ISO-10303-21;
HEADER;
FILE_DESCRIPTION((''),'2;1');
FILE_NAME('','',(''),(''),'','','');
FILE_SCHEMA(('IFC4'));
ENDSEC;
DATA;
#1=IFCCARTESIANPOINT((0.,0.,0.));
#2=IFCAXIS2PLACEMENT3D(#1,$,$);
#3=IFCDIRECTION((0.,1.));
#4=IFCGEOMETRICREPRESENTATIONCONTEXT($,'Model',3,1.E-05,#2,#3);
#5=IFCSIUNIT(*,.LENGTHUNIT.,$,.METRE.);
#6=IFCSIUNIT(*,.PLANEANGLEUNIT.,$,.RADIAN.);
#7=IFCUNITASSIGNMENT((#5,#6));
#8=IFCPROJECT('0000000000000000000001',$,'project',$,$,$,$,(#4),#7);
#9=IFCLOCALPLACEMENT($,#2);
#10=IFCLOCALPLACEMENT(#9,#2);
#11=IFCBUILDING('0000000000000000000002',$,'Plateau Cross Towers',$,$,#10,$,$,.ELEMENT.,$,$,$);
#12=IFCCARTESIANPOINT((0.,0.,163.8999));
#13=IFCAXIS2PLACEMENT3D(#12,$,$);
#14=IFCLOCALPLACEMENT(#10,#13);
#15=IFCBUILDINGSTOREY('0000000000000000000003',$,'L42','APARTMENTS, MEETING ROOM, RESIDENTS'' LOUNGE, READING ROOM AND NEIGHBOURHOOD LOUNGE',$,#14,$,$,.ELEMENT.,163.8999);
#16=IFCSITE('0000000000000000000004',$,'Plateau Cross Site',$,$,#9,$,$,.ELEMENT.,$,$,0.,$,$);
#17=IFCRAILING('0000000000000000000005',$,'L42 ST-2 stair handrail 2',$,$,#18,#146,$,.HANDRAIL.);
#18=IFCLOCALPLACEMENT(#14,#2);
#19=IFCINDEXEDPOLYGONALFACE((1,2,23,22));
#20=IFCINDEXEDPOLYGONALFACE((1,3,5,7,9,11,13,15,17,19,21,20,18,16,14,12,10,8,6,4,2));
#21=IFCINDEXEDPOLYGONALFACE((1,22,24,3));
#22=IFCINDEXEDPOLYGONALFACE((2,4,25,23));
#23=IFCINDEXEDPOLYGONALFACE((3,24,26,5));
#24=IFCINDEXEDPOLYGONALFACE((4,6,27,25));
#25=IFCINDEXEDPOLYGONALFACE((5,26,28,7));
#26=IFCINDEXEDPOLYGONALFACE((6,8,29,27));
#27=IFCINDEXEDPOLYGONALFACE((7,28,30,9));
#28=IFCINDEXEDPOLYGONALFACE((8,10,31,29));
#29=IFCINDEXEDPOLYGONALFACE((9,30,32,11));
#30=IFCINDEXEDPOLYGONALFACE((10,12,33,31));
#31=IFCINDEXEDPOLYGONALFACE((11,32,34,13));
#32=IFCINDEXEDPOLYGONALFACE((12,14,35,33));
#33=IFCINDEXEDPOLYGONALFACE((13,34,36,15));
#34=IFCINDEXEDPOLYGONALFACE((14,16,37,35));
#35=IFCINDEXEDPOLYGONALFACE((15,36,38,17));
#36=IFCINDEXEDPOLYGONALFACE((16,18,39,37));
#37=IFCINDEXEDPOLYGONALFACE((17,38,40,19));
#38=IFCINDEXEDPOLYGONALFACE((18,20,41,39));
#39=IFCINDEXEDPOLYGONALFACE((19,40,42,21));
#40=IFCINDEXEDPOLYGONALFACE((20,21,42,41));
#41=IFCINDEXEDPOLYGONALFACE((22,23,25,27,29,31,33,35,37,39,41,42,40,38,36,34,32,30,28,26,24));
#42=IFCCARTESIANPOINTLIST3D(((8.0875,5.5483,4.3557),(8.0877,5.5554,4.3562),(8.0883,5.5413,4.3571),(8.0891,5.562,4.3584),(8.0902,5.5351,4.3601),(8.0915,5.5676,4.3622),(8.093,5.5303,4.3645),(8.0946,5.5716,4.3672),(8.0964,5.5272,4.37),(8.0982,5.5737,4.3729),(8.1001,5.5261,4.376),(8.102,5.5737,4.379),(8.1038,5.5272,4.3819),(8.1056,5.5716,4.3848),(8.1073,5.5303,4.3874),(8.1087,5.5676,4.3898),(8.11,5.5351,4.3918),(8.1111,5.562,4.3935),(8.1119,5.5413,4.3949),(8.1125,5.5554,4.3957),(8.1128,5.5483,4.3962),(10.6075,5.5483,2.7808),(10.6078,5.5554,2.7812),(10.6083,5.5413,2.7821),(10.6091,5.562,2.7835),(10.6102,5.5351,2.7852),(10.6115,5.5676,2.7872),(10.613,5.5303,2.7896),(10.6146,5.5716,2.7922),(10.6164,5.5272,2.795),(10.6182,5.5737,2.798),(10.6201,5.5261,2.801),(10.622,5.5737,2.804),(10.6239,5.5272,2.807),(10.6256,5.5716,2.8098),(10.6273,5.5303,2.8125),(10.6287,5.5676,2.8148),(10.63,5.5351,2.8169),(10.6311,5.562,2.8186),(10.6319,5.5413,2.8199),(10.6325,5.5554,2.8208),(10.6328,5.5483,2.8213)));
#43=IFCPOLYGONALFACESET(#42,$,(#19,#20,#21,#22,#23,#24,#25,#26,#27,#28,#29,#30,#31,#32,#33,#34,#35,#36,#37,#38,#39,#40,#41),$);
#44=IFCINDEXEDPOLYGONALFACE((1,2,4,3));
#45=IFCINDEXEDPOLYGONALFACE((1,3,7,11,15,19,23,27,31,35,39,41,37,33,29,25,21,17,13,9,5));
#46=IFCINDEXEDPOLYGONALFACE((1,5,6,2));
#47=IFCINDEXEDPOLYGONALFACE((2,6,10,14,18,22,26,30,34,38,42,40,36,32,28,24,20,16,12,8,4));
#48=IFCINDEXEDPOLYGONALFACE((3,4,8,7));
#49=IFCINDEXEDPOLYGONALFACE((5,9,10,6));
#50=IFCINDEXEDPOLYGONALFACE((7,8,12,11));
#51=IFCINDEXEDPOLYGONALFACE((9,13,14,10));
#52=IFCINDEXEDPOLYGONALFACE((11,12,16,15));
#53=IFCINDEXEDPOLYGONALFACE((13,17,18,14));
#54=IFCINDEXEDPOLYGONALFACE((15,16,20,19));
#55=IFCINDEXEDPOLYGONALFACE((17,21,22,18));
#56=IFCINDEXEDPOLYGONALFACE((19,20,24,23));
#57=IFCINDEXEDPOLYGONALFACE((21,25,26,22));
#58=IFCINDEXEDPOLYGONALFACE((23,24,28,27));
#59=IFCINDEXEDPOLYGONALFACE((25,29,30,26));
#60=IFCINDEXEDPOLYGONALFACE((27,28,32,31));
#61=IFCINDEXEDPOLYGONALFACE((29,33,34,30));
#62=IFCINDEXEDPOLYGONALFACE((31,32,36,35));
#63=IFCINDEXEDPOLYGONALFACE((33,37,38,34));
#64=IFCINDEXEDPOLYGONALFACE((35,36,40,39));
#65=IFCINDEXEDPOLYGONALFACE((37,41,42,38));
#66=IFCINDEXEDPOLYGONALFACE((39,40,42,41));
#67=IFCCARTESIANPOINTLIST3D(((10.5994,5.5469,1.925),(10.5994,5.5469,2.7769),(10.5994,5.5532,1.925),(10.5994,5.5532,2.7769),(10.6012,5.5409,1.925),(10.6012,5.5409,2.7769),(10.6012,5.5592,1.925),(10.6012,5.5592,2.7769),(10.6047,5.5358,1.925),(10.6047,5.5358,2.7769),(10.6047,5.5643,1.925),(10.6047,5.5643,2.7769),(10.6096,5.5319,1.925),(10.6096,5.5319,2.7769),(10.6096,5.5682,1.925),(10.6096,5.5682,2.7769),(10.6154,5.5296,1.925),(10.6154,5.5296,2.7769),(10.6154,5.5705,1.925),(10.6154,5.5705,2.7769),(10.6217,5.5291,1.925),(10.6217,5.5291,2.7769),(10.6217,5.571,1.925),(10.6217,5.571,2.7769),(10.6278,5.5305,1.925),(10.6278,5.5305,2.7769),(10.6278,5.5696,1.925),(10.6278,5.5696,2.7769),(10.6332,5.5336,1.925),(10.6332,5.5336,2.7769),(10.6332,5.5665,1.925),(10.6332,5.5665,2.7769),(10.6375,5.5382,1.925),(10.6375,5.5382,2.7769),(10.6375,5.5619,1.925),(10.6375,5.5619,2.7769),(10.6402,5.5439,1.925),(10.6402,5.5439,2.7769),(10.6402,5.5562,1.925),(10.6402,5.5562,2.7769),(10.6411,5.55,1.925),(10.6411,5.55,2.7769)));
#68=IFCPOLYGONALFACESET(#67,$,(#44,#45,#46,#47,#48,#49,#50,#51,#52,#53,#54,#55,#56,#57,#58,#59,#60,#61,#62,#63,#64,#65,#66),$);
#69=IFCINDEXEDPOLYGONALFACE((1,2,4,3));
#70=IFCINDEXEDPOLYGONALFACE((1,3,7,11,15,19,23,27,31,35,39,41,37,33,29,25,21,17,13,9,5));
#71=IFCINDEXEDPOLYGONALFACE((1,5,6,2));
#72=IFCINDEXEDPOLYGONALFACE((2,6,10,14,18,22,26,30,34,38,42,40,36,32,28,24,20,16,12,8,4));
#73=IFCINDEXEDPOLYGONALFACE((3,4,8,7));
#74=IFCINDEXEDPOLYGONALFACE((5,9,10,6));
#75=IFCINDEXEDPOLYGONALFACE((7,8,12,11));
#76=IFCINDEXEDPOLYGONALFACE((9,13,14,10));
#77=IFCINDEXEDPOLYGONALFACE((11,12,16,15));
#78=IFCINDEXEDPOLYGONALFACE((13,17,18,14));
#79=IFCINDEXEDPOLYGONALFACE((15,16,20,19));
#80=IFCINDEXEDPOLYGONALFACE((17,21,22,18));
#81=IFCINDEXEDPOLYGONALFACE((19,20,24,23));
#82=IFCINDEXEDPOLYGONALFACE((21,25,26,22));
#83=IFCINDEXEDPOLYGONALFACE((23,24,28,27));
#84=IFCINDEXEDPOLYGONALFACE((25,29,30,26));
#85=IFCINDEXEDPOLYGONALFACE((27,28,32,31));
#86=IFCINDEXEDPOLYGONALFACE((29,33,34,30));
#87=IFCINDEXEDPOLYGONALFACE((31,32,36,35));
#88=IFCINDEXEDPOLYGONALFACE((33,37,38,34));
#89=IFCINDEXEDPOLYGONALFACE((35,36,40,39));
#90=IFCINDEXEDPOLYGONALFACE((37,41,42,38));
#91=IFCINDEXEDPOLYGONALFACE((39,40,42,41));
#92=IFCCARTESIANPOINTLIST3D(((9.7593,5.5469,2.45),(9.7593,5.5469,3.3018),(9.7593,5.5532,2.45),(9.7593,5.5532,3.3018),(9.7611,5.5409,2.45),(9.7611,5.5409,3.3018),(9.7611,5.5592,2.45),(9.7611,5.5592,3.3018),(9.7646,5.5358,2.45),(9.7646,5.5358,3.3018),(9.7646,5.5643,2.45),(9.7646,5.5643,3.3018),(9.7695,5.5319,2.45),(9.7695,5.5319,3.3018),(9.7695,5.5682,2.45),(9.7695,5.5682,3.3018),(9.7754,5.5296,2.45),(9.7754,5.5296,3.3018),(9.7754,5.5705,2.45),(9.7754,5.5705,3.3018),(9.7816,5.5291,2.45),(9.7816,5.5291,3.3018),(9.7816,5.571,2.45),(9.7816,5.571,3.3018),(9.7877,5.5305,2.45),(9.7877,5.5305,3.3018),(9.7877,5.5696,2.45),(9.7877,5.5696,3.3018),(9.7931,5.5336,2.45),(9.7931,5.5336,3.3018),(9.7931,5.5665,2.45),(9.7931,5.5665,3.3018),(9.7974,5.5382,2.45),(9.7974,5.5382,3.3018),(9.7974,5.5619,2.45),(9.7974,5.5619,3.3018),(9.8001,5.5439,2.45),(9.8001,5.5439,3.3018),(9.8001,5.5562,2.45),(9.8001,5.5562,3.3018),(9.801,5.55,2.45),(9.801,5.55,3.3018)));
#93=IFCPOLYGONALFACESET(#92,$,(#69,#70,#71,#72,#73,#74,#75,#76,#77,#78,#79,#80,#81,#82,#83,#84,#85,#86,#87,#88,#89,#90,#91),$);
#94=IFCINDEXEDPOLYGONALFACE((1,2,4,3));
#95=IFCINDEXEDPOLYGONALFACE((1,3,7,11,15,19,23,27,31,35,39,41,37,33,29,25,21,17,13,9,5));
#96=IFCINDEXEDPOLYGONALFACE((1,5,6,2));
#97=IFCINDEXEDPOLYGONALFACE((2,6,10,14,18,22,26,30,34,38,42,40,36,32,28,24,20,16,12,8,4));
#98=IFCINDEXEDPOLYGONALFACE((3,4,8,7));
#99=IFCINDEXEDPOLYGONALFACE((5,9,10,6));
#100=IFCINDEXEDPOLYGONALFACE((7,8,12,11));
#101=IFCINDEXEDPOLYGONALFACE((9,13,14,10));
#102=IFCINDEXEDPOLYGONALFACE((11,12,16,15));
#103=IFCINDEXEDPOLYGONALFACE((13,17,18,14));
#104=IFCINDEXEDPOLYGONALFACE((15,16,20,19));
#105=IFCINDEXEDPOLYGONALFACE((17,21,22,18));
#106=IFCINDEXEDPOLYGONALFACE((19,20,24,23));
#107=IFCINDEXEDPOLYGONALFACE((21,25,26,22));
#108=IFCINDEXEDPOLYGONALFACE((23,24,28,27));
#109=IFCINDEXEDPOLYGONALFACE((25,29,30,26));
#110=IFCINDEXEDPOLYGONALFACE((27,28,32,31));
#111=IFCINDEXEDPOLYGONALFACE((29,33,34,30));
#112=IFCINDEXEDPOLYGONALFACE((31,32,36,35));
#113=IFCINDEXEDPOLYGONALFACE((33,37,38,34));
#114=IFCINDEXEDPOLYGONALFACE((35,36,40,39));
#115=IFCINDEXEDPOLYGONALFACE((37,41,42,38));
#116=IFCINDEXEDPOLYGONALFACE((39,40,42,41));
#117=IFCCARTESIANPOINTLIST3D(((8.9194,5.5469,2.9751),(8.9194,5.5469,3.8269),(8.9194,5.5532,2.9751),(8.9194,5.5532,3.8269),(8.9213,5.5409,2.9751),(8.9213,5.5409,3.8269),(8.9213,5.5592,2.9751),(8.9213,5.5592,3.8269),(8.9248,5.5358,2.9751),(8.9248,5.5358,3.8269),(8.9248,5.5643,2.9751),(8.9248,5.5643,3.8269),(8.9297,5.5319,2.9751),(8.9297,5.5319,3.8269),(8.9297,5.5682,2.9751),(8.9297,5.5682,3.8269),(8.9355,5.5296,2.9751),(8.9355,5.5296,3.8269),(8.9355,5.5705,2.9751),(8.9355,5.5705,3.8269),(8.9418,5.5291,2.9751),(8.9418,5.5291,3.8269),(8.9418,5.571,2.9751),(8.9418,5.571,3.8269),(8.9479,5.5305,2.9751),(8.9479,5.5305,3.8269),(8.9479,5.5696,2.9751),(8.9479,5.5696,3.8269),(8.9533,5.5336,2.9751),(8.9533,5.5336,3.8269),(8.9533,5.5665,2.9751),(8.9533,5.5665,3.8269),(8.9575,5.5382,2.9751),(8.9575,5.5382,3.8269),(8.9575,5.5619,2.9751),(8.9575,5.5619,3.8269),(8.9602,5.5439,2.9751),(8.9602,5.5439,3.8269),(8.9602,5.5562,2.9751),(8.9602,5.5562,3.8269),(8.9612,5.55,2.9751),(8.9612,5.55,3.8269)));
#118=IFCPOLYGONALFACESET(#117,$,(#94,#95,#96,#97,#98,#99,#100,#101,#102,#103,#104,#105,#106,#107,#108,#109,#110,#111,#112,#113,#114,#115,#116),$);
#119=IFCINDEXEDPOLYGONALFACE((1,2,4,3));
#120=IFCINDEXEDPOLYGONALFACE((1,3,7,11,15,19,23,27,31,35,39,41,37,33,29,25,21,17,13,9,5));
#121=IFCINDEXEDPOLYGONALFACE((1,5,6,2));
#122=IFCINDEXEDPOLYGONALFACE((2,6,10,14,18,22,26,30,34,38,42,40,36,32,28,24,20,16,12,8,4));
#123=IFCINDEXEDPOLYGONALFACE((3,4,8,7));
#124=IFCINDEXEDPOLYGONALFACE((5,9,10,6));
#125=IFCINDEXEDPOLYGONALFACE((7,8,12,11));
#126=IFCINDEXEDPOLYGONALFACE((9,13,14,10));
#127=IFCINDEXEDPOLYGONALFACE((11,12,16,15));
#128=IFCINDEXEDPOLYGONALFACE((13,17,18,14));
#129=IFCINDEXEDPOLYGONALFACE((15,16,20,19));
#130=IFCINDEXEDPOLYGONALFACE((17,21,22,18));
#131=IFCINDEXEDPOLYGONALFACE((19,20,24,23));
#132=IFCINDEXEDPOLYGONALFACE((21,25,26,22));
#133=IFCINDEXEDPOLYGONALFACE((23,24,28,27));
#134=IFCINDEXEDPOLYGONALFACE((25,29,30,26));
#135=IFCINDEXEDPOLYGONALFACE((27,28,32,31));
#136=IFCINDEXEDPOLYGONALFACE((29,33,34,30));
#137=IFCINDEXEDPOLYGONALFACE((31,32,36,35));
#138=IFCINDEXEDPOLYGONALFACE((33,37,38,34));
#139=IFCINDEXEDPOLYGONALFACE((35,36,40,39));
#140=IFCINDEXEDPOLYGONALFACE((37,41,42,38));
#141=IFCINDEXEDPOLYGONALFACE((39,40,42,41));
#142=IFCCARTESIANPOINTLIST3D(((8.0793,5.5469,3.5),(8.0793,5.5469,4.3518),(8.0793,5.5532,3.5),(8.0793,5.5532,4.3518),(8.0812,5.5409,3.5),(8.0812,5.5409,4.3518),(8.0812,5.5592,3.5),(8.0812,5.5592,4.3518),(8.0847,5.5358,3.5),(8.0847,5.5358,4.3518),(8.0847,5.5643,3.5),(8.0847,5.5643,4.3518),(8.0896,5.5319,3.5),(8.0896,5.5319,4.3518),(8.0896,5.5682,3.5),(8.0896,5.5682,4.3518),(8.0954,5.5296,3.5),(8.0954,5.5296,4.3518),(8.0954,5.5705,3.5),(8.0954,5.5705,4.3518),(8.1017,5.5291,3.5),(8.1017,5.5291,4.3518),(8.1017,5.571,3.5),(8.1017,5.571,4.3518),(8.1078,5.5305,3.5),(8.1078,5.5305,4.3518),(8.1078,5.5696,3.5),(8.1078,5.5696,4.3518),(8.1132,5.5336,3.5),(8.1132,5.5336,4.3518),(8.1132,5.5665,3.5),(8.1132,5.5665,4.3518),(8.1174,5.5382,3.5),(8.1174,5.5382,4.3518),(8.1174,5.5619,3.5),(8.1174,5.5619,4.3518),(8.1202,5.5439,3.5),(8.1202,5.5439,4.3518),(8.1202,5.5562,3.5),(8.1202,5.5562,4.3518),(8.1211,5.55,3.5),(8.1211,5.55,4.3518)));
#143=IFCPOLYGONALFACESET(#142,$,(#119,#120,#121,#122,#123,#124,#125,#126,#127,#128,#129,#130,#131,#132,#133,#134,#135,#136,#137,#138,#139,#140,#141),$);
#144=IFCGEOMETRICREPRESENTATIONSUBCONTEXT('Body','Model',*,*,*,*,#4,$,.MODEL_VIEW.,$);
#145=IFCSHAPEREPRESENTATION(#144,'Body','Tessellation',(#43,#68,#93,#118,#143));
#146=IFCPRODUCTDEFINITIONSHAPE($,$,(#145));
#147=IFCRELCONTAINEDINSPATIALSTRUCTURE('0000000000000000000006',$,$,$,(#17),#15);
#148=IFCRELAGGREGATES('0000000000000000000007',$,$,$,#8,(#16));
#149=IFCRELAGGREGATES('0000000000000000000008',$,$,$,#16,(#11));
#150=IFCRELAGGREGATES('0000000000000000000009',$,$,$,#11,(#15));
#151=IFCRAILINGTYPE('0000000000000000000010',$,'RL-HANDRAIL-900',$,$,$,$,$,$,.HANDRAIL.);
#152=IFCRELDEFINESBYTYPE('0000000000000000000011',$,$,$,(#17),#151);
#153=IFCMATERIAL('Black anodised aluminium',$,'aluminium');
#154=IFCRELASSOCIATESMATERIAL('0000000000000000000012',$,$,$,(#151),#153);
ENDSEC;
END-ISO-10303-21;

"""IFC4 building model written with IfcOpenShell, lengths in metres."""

from ifc_helpers import new_model, si_unit, direction, frame, origin, origin_2d, place, context, subcontext, project, spatial, circle, extrude, material, type_object, element, save


model = new_model("IFC4")

# Units and contexts
model_context = context("Model", 3, precision=1e-05, world=origin(), true_north=direction((0.0, 1.0)))
body_context = subcontext(model_context, "Body", "Model", "MODEL_VIEW")
ifc_project = project(units=[si_unit("LENGTHUNIT", "METRE"), si_unit("PLANEANGLEUNIT", "RADIAN")], contexts=[model_context])

# Site, building, storey
site_placement = place(None, origin())
site = spatial("IfcSite", under=ifc_project, at=site_placement, Name="Plateau Cross Site", CompositionType="ELEMENT", RefElevation=0.0)
building_placement = place(site_placement, origin())
building = spatial("IfcBuilding", under=site, at=building_placement, Name="Plateau Cross Towers", CompositionType="ELEMENT")
storey_placement = place(building_placement, frame((0.0, 0.0, 163.8999)))
storey = spatial("IfcBuildingStorey", under=building, at=storey_placement, Name="L42", Description="APARTMENTS, MEETING ROOM, RESIDENTS' LOUNGE, READING ROOM AND NEIGHBOURHOOD LOUNGE", CompositionType="ELEMENT", Elevation=163.8999)

# Railing
ifc_material_1 = material(Name="Black anodised aluminium", Category="aluminium")
railing_type_1 = type_object("IfcRailingType", Name="RL-HANDRAIL-900", PredefinedType="HANDRAIL", material=ifc_material_1)
railing_1_placement = place(storey_placement, frame((10.6201, 5.55, 1.925)))
element("IfcRailing", 1, at=railing_1_placement, inside=storey, type_object=railing_type_1, Name="L42 ST-2 stair handrail 2", PredefinedType="HANDRAIL", context=body_context, shape_type="SweptSolid", body=[
    extrude(circle(Radius=0.0239, at=origin_2d()), frame((0.0, 0.0, 0.876), z_axis=(-0.848008, 0.0, 0.529984), x_axis=(0.0, -1.0, 0.0)), (0.0, 0.0, 1.0), 2.9717),
    extrude(circle(Radius=0.021, at=origin_2d()), origin(), (0.0, 0.0, 1.0), 0.8518),
    extrude(circle(Radius=0.021, at=origin_2d()), frame((-0.8401, 0.0, 0.5249)), (0.0, 0.0, 1.0), 0.8518),
    extrude(circle(Radius=0.021, at=origin_2d()), frame((-1.6799, 0.0, 1.05)), (0.0, 0.0, 1.0), 0.8518),
    extrude(circle(Radius=0.021, at=origin_2d()), frame((-2.52, 0.0, 1.575)), (0.0, 0.0, 1.0), 0.8518),
])

save(model, "model.ifc")
